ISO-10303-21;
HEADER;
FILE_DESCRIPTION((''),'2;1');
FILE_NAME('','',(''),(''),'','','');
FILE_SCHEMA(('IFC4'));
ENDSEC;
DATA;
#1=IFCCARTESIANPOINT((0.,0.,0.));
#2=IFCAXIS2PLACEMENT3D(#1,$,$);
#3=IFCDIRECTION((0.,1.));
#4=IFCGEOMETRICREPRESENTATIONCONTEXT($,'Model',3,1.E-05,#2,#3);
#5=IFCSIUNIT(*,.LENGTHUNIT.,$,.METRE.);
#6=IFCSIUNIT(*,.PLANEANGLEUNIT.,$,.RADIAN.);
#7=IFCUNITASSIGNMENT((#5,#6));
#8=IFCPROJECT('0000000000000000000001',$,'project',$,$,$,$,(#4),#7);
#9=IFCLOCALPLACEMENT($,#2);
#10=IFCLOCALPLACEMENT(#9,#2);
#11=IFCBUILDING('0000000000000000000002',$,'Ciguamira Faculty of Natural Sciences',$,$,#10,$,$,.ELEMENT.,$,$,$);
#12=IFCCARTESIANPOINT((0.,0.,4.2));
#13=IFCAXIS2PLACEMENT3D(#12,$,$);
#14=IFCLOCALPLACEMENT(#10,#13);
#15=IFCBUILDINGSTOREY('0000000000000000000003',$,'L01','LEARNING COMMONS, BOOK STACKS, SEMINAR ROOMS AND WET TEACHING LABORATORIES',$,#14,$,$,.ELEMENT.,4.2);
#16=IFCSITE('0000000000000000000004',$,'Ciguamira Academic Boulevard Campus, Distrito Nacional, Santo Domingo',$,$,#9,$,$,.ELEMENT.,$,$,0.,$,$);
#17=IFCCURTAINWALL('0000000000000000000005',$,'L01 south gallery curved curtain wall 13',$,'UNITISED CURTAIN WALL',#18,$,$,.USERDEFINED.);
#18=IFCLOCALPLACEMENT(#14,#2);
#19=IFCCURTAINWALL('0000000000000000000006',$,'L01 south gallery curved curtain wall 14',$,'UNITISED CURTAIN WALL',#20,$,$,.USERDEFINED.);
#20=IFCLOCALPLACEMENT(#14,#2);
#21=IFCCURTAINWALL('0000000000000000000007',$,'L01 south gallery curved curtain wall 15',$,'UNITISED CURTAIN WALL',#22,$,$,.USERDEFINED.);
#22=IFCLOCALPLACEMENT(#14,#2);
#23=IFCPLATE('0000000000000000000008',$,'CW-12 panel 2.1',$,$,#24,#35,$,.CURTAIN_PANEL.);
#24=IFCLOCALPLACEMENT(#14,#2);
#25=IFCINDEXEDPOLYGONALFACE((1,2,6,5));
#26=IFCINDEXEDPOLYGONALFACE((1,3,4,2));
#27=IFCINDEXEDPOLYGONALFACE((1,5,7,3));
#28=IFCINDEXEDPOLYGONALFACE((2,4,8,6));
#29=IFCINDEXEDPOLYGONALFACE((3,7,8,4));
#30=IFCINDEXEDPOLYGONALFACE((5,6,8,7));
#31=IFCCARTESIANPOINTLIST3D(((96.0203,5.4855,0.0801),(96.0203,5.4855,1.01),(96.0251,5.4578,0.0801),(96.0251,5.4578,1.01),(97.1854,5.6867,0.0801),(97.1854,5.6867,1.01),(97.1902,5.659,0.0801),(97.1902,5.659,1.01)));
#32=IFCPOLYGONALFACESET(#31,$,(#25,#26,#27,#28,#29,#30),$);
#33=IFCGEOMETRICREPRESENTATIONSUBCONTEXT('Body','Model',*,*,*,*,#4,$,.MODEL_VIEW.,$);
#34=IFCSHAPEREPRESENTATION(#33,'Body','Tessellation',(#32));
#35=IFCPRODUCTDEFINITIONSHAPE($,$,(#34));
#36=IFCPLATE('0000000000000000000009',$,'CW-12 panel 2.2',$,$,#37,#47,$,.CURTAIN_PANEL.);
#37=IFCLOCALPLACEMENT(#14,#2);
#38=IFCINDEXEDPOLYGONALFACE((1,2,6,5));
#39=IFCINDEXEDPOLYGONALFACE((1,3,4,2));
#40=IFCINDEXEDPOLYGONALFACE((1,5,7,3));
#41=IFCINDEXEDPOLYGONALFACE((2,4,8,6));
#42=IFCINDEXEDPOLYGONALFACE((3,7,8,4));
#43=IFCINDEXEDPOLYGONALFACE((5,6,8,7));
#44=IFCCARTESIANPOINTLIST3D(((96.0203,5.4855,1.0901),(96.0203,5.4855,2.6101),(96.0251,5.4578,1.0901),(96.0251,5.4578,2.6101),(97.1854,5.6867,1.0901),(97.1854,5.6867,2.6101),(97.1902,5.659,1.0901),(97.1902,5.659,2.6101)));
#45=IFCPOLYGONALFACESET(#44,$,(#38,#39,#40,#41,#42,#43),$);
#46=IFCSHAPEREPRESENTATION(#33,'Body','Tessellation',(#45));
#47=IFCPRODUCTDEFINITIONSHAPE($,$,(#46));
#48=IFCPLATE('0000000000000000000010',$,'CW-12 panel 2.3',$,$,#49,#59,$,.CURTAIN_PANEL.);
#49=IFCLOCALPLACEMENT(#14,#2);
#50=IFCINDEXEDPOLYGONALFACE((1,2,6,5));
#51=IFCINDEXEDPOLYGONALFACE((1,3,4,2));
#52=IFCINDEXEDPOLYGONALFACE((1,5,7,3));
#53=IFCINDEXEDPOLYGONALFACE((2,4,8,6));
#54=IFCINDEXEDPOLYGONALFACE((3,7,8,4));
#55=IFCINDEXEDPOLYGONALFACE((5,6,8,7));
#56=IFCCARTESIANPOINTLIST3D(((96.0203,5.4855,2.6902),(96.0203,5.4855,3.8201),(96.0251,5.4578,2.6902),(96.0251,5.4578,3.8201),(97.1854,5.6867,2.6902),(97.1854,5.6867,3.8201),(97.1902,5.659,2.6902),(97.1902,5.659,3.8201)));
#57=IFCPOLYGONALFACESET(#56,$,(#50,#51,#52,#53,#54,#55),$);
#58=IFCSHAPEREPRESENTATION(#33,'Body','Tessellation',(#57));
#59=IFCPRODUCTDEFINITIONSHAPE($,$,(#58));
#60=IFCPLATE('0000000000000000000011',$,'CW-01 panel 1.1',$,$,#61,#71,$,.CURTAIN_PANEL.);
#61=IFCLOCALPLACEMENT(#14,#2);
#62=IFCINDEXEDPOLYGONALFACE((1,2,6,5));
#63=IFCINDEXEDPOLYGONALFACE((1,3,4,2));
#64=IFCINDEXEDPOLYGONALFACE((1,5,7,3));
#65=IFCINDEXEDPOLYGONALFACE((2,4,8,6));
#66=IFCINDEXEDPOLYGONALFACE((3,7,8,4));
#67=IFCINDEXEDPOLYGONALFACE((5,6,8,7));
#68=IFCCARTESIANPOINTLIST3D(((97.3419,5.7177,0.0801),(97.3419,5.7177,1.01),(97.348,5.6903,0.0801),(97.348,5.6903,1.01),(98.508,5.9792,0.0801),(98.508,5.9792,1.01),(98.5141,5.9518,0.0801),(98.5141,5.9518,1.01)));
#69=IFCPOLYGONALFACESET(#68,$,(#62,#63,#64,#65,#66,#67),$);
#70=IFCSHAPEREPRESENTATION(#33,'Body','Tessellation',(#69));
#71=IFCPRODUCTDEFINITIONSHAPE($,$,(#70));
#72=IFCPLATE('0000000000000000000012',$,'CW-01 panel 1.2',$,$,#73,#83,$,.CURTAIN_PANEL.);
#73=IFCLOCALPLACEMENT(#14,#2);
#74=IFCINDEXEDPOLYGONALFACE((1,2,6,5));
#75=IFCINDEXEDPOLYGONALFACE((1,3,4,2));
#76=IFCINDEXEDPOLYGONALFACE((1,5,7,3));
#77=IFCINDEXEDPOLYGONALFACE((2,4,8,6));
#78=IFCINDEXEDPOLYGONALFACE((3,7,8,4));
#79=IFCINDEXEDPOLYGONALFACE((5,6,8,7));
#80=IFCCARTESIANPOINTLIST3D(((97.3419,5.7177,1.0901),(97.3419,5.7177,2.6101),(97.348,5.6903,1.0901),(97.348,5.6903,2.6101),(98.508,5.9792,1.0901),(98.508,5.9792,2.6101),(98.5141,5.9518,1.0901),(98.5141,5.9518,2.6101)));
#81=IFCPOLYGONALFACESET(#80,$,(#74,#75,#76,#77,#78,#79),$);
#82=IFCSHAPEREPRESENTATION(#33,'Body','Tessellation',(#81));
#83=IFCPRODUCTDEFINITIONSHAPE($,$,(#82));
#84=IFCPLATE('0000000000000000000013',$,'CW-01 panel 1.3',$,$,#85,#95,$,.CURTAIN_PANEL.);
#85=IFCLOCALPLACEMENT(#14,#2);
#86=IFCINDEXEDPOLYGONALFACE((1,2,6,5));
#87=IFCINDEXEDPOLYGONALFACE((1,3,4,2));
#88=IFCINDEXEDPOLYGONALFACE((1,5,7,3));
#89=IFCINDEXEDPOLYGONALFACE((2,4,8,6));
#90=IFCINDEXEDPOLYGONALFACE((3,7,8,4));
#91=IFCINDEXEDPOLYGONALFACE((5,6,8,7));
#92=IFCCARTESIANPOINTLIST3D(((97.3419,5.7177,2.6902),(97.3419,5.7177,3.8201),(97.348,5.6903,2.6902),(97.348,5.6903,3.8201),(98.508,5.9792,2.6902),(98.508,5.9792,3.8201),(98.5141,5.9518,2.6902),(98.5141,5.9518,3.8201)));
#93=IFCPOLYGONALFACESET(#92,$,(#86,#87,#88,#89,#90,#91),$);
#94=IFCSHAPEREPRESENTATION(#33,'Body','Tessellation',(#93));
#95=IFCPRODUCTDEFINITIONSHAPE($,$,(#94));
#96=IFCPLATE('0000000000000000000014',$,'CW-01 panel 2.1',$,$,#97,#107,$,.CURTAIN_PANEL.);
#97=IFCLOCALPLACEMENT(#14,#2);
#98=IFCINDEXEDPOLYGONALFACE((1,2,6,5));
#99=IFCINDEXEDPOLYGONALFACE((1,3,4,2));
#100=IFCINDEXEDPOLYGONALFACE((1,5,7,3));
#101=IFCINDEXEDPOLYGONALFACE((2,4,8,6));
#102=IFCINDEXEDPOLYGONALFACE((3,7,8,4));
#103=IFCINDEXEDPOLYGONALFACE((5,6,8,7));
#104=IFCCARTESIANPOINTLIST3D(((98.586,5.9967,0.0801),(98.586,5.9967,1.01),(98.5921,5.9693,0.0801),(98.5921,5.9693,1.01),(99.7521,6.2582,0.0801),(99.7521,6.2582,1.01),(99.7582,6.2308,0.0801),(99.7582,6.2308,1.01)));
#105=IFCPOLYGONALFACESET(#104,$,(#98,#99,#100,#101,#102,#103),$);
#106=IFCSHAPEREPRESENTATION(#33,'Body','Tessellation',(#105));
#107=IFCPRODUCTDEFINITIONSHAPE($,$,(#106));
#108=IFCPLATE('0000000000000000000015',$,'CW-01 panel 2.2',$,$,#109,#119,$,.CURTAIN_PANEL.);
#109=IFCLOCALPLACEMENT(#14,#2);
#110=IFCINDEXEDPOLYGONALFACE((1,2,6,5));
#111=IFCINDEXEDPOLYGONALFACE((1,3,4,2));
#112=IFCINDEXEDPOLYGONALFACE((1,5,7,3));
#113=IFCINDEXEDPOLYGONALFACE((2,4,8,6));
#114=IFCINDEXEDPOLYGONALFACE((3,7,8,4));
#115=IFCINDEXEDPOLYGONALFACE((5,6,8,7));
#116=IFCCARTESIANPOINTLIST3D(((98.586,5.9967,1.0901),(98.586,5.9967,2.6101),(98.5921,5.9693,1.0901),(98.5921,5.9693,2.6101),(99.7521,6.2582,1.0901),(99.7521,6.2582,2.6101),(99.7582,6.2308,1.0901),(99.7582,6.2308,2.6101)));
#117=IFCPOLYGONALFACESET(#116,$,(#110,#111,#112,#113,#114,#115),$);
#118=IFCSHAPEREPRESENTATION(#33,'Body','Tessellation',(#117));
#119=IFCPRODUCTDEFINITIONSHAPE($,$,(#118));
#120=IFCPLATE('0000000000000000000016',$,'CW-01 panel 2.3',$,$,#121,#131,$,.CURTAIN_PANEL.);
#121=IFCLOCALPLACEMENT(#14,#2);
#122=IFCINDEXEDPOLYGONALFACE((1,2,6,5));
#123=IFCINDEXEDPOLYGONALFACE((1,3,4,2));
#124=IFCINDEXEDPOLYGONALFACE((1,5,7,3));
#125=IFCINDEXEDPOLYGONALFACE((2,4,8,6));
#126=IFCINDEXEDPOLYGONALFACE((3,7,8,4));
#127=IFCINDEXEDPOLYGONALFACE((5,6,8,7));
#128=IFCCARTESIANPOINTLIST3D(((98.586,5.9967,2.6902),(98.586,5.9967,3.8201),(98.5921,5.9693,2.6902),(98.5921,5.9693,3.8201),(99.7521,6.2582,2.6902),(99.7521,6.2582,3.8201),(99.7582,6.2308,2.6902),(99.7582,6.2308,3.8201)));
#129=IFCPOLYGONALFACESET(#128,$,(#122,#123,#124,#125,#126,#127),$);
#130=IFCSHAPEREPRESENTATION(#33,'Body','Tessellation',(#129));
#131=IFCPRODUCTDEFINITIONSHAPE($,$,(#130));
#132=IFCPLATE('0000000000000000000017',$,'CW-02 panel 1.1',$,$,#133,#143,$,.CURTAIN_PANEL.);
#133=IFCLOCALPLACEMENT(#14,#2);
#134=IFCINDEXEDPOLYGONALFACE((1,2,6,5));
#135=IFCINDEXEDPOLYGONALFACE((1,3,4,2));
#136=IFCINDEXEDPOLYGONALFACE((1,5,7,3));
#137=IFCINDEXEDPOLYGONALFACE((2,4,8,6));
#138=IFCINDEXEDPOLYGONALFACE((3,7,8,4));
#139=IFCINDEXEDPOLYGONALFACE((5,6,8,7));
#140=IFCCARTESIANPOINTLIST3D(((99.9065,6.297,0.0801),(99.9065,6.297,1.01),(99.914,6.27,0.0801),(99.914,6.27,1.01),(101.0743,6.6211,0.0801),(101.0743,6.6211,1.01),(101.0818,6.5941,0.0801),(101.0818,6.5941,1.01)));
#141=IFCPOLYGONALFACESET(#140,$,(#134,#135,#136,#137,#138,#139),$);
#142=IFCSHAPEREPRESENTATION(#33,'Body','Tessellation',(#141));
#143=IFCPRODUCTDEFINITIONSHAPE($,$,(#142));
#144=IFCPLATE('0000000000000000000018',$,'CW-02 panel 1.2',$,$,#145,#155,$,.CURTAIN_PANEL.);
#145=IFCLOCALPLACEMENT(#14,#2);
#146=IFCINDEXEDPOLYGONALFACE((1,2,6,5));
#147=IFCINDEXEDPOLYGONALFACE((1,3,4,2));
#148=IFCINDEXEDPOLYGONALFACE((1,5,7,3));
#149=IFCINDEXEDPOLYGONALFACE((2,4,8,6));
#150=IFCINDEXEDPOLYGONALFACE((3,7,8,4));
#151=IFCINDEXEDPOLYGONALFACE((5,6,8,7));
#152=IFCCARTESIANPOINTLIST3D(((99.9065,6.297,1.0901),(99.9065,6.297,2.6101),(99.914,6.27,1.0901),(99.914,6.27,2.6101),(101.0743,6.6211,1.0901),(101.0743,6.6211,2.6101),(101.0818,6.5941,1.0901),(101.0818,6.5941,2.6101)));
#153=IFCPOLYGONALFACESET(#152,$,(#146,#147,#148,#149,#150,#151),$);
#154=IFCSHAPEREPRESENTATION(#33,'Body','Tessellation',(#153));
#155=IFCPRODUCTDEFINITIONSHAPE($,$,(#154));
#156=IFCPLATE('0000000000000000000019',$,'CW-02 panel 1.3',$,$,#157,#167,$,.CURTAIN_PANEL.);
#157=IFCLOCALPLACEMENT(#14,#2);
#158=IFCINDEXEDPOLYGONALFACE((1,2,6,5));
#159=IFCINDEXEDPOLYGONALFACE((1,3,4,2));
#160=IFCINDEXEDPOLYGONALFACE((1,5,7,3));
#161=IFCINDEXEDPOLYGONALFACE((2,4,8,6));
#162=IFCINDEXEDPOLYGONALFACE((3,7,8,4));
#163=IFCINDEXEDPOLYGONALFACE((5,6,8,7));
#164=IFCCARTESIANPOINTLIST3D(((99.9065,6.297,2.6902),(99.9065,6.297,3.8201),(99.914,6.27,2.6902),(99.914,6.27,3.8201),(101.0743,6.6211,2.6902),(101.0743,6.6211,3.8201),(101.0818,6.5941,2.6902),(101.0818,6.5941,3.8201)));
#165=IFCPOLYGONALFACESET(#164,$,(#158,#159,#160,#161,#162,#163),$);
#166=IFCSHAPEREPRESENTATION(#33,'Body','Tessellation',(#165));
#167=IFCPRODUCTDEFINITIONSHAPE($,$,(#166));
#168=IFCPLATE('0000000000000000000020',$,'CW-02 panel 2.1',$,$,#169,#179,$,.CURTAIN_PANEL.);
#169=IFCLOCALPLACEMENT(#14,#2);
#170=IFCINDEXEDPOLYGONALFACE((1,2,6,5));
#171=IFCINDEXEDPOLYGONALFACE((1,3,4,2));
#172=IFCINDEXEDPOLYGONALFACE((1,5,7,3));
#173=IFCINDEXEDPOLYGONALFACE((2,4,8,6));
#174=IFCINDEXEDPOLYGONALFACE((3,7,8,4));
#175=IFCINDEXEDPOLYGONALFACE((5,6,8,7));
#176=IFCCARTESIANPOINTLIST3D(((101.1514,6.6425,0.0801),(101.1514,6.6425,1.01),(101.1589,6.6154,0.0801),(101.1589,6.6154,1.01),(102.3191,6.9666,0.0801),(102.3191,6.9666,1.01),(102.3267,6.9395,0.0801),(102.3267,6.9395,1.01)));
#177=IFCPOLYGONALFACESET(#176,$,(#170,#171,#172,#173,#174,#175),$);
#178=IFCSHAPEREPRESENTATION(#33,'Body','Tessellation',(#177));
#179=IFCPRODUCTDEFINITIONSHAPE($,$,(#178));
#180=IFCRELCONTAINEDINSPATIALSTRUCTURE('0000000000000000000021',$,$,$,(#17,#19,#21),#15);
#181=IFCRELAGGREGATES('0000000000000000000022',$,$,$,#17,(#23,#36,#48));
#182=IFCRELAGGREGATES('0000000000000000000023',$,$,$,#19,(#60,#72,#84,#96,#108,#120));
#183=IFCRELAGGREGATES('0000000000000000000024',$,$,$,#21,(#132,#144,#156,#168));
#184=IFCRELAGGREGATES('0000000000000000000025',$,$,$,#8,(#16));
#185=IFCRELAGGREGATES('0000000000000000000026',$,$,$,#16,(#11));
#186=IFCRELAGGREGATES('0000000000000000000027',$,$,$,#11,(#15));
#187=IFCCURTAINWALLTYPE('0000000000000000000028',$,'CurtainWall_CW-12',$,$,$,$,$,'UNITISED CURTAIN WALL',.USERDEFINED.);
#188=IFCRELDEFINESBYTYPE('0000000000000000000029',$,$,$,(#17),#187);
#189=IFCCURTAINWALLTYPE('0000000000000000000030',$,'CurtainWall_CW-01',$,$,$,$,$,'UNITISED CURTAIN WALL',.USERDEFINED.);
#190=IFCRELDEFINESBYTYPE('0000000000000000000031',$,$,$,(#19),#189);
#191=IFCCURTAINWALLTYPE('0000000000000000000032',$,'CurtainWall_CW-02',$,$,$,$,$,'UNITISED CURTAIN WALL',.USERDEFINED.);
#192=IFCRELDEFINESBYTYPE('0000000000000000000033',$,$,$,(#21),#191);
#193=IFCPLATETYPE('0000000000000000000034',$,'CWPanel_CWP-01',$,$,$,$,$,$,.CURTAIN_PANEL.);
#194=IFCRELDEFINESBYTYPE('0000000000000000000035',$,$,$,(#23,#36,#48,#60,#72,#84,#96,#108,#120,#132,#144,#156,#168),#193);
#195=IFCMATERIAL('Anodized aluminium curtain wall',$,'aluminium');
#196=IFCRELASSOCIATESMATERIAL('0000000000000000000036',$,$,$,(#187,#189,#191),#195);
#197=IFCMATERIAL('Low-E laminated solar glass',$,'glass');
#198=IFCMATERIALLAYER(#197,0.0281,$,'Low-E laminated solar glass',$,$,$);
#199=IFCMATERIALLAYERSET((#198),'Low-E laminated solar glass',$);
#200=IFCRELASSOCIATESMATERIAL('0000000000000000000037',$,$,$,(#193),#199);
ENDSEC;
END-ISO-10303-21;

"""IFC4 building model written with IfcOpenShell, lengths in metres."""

from ifc_helpers import new_model, si_unit, direction, frame, origin, origin_2d, place, context, subcontext, project, spatial, rectangle, extrude, material, layer, layer_set, type_object, element, aggregate, save


model = new_model("IFC4")

# Units and contexts
model_context = context("Model", 3, precision=1e-05, world=origin(), true_north=direction((0.0, 1.0)))
body_context = subcontext(model_context, "Body", "Model", "MODEL_VIEW")
ifc_project = project(units=[si_unit("LENGTHUNIT", "METRE"), si_unit("PLANEANGLEUNIT", "RADIAN")], contexts=[model_context])

# Site, building, storey
site_placement = place(None, origin())
site = spatial("IfcSite", under=ifc_project, at=site_placement, Name="Ciguamira Academic Boulevard Campus, Distrito Nacional, Santo Domingo", CompositionType="ELEMENT", RefElevation=0.0)
building_placement = place(site_placement, origin())
building = spatial("IfcBuilding", under=site, at=building_placement, Name="Ciguamira Faculty of Natural Sciences", CompositionType="ELEMENT")
storey_placement = place(building_placement, frame((0.0, 0.0, 4.2)))
storey = spatial("IfcBuildingStorey", under=building, at=storey_placement, Name="L01", Description="LEARNING COMMONS, BOOK STACKS, SEMINAR ROOMS AND WET TEACHING LABORATORIES", CompositionType="ELEMENT", Elevation=4.2)

# Curtain wall
ifc_material_1 = material(Name="Anodized aluminium curtain wall", Category="aluminium")
curtain_wall_type_1 = type_object("IfcCurtainWallType", Name="CurtainWall_CW-12", ElementType="UNITISED CURTAIN WALL", PredefinedType="USERDEFINED", material=ifc_material_1)
curtain_wall_1_placement = place(storey_placement, origin())
curtain_wall_1 = element("IfcCurtainWall", 1, at=curtain_wall_1_placement, inside=storey, type_object=curtain_wall_type_1, Name="L01 south gallery curved curtain wall 13", ObjectType="UNITISED CURTAIN WALL", PredefinedType="USERDEFINED")

# Curtain walls
curtain_wall_type_2 = type_object("IfcCurtainWallType", Name="CurtainWall_CW-01", ElementType="UNITISED CURTAIN WALL", PredefinedType="USERDEFINED", material=ifc_material_1)
curtain_wall_2_placement = place(storey_placement, origin())
curtain_wall_2 = element("IfcCurtainWall", 2, at=curtain_wall_2_placement, inside=storey, type_object=curtain_wall_type_2, Name="L01 south gallery curved curtain wall 14", ObjectType="UNITISED CURTAIN WALL", PredefinedType="USERDEFINED")
curtain_wall_type_3 = type_object("IfcCurtainWallType", Name="CurtainWall_CW-02", ElementType="UNITISED CURTAIN WALL", PredefinedType="USERDEFINED", material=ifc_material_1)
curtain_wall_3_placement = place(storey_placement, origin())
curtain_wall_3 = element("IfcCurtainWall", 3, at=curtain_wall_3_placement, inside=storey, type_object=curtain_wall_type_3, Name="L01 south gallery curved curtain wall 15", ObjectType="UNITISED CURTAIN WALL", PredefinedType="USERDEFINED")

# Plates
ifc_material_2 = material(Name="Low-E laminated solar glass", Category="glass")
ifc_layer = layer(ifc_material_2, 0.0281, Name="Low-E laminated solar glass")
ifc_layer_set = layer_set([ifc_layer], Name="Low-E laminated solar glass")
plate_type = type_object("IfcPlateType", Name="CWPanel_CWP-01", PredefinedType="CURTAIN_PANEL", material=ifc_layer_set)
plate_1_placement = place(storey_placement, frame((96.6052, 5.5723, 0.0801), z_axis=(0.0, 0.0, 1.0), x_axis=(0.985411, 0.170192, 0.0)))
plate_1 = element("IfcPlate", 4, at=plate_1_placement, type_object=plate_type, Name="CW-12 panel 2.1", PredefinedType="CURTAIN_PANEL", context=body_context, shape_type="SweptSolid", body=[
    extrude(rectangle(XDim=1.1824, YDim=0.0281, at=origin_2d()), origin(), (0.0, 0.0, 1.0), 0.9299),
])
plate_2_placement = place(storey_placement, frame((96.6052, 5.5723, 1.0901), z_axis=(0.0, 0.0, 1.0), x_axis=(0.985411, 0.170192, 0.0)))
plate_2 = element("IfcPlate", 5, at=plate_2_placement, type_object=plate_type, Name="CW-12 panel 2.2", PredefinedType="CURTAIN_PANEL", context=body_context, shape_type="SweptSolid", body=[
    extrude(rectangle(XDim=1.1824, YDim=0.0281, at=origin_2d()), origin(), (0.0, 0.0, 1.0), 1.52),
])
plate_3_placement = place(storey_placement, frame((96.6052, 5.5723, 2.6902), z_axis=(0.0, 0.0, 1.0), x_axis=(0.985411, 0.170192, 0.0)))
plate_3 = element("IfcPlate", 6, at=plate_3_placement, type_object=plate_type, Name="CW-12 panel 2.3", PredefinedType="CURTAIN_PANEL", context=body_context, shape_type="SweptSolid", body=[
    extrude(rectangle(XDim=1.1824, YDim=0.0281, at=origin_2d()), origin(), (0.0, 0.0, 1.0), 1.1299),
])
aggregate(curtain_wall_1, [plate_1, plate_2, plate_3])
plate_4_placement = place(storey_placement, frame((97.928, 5.8347, 0.0801), z_axis=(0.0, 0.0, 1.0), x_axis=(0.975763, 0.21883, 0.0)))
plate_4 = element("IfcPlate", 7, at=plate_4_placement, type_object=plate_type, Name="CW-01 panel 1.1", PredefinedType="CURTAIN_PANEL", context=body_context, shape_type="SweptSolid", body=[
    extrude(rectangle(XDim=1.1951, YDim=0.0281, at=origin_2d()), origin(), (0.0, 0.0, 1.0), 0.9299),
])
plate_5_placement = place(storey_placement, frame((97.928, 5.8347, 1.0901), z_axis=(0.0, 0.0, 1.0), x_axis=(0.975763, 0.21883, 0.0)))
plate_5 = element("IfcPlate", 8, at=plate_5_placement, type_object=plate_type, Name="CW-01 panel 1.2", PredefinedType="CURTAIN_PANEL", context=body_context, shape_type="SweptSolid", body=[
    extrude(rectangle(XDim=1.1951, YDim=0.0281, at=origin_2d()), origin(), (0.0, 0.0, 1.0), 1.52),
])
plate_6_placement = place(storey_placement, frame((97.928, 5.8347, 2.6902), z_axis=(0.0, 0.0, 1.0), x_axis=(0.975763, 0.21883, 0.0)))
plate_6 = element("IfcPlate", 9, at=plate_6_placement, type_object=plate_type, Name="CW-01 panel 1.3", PredefinedType="CURTAIN_PANEL", context=body_context, shape_type="SweptSolid", body=[
    extrude(rectangle(XDim=1.1951, YDim=0.0281, at=origin_2d()), origin(), (0.0, 0.0, 1.0), 1.1299),
])
plate_7_placement = place(storey_placement, frame((99.1721, 6.1138, 0.0801), z_axis=(0.0, 0.0, 1.0), x_axis=(0.975763, 0.21883, 0.0)))
plate_7 = element("IfcPlate", 10, at=plate_7_placement, type_object=plate_type, Name="CW-01 panel 2.1", PredefinedType="CURTAIN_PANEL", context=body_context, shape_type="SweptSolid", body=[
    extrude(rectangle(XDim=1.1951, YDim=0.0281, at=origin_2d()), origin(), (0.0, 0.0, 1.0), 0.9299),
])
plate_8_placement = place(storey_placement, frame((99.1721, 6.1138, 1.0901), z_axis=(0.0, 0.0, 1.0), x_axis=(0.975763, 0.21883, 0.0)))
plate_8 = element("IfcPlate", 11, at=plate_8_placement, type_object=plate_type, Name="CW-01 panel 2.2", PredefinedType="CURTAIN_PANEL", context=body_context, shape_type="SweptSolid", body=[
    extrude(rectangle(XDim=1.1951, YDim=0.0281, at=origin_2d()), origin(), (0.0, 0.0, 1.0), 1.52),
])
plate_9_placement = place(storey_placement, frame((99.1721, 6.1138, 2.6902), z_axis=(0.0, 0.0, 1.0), x_axis=(0.975763, 0.21883, 0.0)))
plate_9 = element("IfcPlate", 12, at=plate_9_placement, type_object=plate_type, Name="CW-01 panel 2.3", PredefinedType="CURTAIN_PANEL", context=body_context, shape_type="SweptSolid", body=[
    extrude(rectangle(XDim=1.1951, YDim=0.0281, at=origin_2d()), origin(), (0.0, 0.0, 1.0), 1.1299),
])
aggregate(curtain_wall_2, [plate_4, plate_5, plate_6, plate_7, plate_8, plate_9])
plate_10_placement = place(storey_placement, frame((100.4941, 6.4456, 0.0801), z_axis=(0.0, 0.0, 1.0), x_axis=(0.963573, 0.267444, 0.0)))
plate_10 = element("IfcPlate", 13, at=plate_10_placement, type_object=plate_type, Name="CW-02 panel 1.1", PredefinedType="CURTAIN_PANEL", context=body_context, shape_type="SweptSolid", body=[
    extrude(rectangle(XDim=1.2119, YDim=0.0281, at=origin_2d()), origin(), (0.0, 0.0, 1.0), 0.9299),
])
plate_11_placement = place(storey_placement, frame((100.4941, 6.4456, 1.0901), z_axis=(0.0, 0.0, 1.0), x_axis=(0.963573, 0.267444, 0.0)))
plate_11 = element("IfcPlate", 14, at=plate_11_placement, type_object=plate_type, Name="CW-02 panel 1.2", PredefinedType="CURTAIN_PANEL", context=body_context, shape_type="SweptSolid", body=[
    extrude(rectangle(XDim=1.2119, YDim=0.0281, at=origin_2d()), origin(), (0.0, 0.0, 1.0), 1.52),
])
plate_12_placement = place(storey_placement, frame((100.4941, 6.4456, 2.6902), z_axis=(0.0, 0.0, 1.0), x_axis=(0.963573, 0.267444, 0.0)))
plate_12 = element("IfcPlate", 15, at=plate_12_placement, type_object=plate_type, Name="CW-02 panel 1.3", PredefinedType="CURTAIN_PANEL", context=body_context, shape_type="SweptSolid", body=[
    extrude(rectangle(XDim=1.2119, YDim=0.0281, at=origin_2d()), origin(), (0.0, 0.0, 1.0), 1.1299),
])
plate_13_placement = place(storey_placement, frame((101.739, 6.791, 0.0801), z_axis=(0.0, 0.0, 1.0), x_axis=(0.963573, 0.267444, 0.0)))
plate_13 = element("IfcPlate", 16, at=plate_13_placement, type_object=plate_type, Name="CW-02 panel 2.1", PredefinedType="CURTAIN_PANEL", context=body_context, shape_type="SweptSolid", body=[
    extrude(rectangle(XDim=1.2119, YDim=0.0281, at=origin_2d()), origin(), (0.0, 0.0, 1.0), 0.9299),
])
aggregate(curtain_wall_3, [plate_10, plate_11, plate_12, plate_13])

save(model, "model.ifc")
